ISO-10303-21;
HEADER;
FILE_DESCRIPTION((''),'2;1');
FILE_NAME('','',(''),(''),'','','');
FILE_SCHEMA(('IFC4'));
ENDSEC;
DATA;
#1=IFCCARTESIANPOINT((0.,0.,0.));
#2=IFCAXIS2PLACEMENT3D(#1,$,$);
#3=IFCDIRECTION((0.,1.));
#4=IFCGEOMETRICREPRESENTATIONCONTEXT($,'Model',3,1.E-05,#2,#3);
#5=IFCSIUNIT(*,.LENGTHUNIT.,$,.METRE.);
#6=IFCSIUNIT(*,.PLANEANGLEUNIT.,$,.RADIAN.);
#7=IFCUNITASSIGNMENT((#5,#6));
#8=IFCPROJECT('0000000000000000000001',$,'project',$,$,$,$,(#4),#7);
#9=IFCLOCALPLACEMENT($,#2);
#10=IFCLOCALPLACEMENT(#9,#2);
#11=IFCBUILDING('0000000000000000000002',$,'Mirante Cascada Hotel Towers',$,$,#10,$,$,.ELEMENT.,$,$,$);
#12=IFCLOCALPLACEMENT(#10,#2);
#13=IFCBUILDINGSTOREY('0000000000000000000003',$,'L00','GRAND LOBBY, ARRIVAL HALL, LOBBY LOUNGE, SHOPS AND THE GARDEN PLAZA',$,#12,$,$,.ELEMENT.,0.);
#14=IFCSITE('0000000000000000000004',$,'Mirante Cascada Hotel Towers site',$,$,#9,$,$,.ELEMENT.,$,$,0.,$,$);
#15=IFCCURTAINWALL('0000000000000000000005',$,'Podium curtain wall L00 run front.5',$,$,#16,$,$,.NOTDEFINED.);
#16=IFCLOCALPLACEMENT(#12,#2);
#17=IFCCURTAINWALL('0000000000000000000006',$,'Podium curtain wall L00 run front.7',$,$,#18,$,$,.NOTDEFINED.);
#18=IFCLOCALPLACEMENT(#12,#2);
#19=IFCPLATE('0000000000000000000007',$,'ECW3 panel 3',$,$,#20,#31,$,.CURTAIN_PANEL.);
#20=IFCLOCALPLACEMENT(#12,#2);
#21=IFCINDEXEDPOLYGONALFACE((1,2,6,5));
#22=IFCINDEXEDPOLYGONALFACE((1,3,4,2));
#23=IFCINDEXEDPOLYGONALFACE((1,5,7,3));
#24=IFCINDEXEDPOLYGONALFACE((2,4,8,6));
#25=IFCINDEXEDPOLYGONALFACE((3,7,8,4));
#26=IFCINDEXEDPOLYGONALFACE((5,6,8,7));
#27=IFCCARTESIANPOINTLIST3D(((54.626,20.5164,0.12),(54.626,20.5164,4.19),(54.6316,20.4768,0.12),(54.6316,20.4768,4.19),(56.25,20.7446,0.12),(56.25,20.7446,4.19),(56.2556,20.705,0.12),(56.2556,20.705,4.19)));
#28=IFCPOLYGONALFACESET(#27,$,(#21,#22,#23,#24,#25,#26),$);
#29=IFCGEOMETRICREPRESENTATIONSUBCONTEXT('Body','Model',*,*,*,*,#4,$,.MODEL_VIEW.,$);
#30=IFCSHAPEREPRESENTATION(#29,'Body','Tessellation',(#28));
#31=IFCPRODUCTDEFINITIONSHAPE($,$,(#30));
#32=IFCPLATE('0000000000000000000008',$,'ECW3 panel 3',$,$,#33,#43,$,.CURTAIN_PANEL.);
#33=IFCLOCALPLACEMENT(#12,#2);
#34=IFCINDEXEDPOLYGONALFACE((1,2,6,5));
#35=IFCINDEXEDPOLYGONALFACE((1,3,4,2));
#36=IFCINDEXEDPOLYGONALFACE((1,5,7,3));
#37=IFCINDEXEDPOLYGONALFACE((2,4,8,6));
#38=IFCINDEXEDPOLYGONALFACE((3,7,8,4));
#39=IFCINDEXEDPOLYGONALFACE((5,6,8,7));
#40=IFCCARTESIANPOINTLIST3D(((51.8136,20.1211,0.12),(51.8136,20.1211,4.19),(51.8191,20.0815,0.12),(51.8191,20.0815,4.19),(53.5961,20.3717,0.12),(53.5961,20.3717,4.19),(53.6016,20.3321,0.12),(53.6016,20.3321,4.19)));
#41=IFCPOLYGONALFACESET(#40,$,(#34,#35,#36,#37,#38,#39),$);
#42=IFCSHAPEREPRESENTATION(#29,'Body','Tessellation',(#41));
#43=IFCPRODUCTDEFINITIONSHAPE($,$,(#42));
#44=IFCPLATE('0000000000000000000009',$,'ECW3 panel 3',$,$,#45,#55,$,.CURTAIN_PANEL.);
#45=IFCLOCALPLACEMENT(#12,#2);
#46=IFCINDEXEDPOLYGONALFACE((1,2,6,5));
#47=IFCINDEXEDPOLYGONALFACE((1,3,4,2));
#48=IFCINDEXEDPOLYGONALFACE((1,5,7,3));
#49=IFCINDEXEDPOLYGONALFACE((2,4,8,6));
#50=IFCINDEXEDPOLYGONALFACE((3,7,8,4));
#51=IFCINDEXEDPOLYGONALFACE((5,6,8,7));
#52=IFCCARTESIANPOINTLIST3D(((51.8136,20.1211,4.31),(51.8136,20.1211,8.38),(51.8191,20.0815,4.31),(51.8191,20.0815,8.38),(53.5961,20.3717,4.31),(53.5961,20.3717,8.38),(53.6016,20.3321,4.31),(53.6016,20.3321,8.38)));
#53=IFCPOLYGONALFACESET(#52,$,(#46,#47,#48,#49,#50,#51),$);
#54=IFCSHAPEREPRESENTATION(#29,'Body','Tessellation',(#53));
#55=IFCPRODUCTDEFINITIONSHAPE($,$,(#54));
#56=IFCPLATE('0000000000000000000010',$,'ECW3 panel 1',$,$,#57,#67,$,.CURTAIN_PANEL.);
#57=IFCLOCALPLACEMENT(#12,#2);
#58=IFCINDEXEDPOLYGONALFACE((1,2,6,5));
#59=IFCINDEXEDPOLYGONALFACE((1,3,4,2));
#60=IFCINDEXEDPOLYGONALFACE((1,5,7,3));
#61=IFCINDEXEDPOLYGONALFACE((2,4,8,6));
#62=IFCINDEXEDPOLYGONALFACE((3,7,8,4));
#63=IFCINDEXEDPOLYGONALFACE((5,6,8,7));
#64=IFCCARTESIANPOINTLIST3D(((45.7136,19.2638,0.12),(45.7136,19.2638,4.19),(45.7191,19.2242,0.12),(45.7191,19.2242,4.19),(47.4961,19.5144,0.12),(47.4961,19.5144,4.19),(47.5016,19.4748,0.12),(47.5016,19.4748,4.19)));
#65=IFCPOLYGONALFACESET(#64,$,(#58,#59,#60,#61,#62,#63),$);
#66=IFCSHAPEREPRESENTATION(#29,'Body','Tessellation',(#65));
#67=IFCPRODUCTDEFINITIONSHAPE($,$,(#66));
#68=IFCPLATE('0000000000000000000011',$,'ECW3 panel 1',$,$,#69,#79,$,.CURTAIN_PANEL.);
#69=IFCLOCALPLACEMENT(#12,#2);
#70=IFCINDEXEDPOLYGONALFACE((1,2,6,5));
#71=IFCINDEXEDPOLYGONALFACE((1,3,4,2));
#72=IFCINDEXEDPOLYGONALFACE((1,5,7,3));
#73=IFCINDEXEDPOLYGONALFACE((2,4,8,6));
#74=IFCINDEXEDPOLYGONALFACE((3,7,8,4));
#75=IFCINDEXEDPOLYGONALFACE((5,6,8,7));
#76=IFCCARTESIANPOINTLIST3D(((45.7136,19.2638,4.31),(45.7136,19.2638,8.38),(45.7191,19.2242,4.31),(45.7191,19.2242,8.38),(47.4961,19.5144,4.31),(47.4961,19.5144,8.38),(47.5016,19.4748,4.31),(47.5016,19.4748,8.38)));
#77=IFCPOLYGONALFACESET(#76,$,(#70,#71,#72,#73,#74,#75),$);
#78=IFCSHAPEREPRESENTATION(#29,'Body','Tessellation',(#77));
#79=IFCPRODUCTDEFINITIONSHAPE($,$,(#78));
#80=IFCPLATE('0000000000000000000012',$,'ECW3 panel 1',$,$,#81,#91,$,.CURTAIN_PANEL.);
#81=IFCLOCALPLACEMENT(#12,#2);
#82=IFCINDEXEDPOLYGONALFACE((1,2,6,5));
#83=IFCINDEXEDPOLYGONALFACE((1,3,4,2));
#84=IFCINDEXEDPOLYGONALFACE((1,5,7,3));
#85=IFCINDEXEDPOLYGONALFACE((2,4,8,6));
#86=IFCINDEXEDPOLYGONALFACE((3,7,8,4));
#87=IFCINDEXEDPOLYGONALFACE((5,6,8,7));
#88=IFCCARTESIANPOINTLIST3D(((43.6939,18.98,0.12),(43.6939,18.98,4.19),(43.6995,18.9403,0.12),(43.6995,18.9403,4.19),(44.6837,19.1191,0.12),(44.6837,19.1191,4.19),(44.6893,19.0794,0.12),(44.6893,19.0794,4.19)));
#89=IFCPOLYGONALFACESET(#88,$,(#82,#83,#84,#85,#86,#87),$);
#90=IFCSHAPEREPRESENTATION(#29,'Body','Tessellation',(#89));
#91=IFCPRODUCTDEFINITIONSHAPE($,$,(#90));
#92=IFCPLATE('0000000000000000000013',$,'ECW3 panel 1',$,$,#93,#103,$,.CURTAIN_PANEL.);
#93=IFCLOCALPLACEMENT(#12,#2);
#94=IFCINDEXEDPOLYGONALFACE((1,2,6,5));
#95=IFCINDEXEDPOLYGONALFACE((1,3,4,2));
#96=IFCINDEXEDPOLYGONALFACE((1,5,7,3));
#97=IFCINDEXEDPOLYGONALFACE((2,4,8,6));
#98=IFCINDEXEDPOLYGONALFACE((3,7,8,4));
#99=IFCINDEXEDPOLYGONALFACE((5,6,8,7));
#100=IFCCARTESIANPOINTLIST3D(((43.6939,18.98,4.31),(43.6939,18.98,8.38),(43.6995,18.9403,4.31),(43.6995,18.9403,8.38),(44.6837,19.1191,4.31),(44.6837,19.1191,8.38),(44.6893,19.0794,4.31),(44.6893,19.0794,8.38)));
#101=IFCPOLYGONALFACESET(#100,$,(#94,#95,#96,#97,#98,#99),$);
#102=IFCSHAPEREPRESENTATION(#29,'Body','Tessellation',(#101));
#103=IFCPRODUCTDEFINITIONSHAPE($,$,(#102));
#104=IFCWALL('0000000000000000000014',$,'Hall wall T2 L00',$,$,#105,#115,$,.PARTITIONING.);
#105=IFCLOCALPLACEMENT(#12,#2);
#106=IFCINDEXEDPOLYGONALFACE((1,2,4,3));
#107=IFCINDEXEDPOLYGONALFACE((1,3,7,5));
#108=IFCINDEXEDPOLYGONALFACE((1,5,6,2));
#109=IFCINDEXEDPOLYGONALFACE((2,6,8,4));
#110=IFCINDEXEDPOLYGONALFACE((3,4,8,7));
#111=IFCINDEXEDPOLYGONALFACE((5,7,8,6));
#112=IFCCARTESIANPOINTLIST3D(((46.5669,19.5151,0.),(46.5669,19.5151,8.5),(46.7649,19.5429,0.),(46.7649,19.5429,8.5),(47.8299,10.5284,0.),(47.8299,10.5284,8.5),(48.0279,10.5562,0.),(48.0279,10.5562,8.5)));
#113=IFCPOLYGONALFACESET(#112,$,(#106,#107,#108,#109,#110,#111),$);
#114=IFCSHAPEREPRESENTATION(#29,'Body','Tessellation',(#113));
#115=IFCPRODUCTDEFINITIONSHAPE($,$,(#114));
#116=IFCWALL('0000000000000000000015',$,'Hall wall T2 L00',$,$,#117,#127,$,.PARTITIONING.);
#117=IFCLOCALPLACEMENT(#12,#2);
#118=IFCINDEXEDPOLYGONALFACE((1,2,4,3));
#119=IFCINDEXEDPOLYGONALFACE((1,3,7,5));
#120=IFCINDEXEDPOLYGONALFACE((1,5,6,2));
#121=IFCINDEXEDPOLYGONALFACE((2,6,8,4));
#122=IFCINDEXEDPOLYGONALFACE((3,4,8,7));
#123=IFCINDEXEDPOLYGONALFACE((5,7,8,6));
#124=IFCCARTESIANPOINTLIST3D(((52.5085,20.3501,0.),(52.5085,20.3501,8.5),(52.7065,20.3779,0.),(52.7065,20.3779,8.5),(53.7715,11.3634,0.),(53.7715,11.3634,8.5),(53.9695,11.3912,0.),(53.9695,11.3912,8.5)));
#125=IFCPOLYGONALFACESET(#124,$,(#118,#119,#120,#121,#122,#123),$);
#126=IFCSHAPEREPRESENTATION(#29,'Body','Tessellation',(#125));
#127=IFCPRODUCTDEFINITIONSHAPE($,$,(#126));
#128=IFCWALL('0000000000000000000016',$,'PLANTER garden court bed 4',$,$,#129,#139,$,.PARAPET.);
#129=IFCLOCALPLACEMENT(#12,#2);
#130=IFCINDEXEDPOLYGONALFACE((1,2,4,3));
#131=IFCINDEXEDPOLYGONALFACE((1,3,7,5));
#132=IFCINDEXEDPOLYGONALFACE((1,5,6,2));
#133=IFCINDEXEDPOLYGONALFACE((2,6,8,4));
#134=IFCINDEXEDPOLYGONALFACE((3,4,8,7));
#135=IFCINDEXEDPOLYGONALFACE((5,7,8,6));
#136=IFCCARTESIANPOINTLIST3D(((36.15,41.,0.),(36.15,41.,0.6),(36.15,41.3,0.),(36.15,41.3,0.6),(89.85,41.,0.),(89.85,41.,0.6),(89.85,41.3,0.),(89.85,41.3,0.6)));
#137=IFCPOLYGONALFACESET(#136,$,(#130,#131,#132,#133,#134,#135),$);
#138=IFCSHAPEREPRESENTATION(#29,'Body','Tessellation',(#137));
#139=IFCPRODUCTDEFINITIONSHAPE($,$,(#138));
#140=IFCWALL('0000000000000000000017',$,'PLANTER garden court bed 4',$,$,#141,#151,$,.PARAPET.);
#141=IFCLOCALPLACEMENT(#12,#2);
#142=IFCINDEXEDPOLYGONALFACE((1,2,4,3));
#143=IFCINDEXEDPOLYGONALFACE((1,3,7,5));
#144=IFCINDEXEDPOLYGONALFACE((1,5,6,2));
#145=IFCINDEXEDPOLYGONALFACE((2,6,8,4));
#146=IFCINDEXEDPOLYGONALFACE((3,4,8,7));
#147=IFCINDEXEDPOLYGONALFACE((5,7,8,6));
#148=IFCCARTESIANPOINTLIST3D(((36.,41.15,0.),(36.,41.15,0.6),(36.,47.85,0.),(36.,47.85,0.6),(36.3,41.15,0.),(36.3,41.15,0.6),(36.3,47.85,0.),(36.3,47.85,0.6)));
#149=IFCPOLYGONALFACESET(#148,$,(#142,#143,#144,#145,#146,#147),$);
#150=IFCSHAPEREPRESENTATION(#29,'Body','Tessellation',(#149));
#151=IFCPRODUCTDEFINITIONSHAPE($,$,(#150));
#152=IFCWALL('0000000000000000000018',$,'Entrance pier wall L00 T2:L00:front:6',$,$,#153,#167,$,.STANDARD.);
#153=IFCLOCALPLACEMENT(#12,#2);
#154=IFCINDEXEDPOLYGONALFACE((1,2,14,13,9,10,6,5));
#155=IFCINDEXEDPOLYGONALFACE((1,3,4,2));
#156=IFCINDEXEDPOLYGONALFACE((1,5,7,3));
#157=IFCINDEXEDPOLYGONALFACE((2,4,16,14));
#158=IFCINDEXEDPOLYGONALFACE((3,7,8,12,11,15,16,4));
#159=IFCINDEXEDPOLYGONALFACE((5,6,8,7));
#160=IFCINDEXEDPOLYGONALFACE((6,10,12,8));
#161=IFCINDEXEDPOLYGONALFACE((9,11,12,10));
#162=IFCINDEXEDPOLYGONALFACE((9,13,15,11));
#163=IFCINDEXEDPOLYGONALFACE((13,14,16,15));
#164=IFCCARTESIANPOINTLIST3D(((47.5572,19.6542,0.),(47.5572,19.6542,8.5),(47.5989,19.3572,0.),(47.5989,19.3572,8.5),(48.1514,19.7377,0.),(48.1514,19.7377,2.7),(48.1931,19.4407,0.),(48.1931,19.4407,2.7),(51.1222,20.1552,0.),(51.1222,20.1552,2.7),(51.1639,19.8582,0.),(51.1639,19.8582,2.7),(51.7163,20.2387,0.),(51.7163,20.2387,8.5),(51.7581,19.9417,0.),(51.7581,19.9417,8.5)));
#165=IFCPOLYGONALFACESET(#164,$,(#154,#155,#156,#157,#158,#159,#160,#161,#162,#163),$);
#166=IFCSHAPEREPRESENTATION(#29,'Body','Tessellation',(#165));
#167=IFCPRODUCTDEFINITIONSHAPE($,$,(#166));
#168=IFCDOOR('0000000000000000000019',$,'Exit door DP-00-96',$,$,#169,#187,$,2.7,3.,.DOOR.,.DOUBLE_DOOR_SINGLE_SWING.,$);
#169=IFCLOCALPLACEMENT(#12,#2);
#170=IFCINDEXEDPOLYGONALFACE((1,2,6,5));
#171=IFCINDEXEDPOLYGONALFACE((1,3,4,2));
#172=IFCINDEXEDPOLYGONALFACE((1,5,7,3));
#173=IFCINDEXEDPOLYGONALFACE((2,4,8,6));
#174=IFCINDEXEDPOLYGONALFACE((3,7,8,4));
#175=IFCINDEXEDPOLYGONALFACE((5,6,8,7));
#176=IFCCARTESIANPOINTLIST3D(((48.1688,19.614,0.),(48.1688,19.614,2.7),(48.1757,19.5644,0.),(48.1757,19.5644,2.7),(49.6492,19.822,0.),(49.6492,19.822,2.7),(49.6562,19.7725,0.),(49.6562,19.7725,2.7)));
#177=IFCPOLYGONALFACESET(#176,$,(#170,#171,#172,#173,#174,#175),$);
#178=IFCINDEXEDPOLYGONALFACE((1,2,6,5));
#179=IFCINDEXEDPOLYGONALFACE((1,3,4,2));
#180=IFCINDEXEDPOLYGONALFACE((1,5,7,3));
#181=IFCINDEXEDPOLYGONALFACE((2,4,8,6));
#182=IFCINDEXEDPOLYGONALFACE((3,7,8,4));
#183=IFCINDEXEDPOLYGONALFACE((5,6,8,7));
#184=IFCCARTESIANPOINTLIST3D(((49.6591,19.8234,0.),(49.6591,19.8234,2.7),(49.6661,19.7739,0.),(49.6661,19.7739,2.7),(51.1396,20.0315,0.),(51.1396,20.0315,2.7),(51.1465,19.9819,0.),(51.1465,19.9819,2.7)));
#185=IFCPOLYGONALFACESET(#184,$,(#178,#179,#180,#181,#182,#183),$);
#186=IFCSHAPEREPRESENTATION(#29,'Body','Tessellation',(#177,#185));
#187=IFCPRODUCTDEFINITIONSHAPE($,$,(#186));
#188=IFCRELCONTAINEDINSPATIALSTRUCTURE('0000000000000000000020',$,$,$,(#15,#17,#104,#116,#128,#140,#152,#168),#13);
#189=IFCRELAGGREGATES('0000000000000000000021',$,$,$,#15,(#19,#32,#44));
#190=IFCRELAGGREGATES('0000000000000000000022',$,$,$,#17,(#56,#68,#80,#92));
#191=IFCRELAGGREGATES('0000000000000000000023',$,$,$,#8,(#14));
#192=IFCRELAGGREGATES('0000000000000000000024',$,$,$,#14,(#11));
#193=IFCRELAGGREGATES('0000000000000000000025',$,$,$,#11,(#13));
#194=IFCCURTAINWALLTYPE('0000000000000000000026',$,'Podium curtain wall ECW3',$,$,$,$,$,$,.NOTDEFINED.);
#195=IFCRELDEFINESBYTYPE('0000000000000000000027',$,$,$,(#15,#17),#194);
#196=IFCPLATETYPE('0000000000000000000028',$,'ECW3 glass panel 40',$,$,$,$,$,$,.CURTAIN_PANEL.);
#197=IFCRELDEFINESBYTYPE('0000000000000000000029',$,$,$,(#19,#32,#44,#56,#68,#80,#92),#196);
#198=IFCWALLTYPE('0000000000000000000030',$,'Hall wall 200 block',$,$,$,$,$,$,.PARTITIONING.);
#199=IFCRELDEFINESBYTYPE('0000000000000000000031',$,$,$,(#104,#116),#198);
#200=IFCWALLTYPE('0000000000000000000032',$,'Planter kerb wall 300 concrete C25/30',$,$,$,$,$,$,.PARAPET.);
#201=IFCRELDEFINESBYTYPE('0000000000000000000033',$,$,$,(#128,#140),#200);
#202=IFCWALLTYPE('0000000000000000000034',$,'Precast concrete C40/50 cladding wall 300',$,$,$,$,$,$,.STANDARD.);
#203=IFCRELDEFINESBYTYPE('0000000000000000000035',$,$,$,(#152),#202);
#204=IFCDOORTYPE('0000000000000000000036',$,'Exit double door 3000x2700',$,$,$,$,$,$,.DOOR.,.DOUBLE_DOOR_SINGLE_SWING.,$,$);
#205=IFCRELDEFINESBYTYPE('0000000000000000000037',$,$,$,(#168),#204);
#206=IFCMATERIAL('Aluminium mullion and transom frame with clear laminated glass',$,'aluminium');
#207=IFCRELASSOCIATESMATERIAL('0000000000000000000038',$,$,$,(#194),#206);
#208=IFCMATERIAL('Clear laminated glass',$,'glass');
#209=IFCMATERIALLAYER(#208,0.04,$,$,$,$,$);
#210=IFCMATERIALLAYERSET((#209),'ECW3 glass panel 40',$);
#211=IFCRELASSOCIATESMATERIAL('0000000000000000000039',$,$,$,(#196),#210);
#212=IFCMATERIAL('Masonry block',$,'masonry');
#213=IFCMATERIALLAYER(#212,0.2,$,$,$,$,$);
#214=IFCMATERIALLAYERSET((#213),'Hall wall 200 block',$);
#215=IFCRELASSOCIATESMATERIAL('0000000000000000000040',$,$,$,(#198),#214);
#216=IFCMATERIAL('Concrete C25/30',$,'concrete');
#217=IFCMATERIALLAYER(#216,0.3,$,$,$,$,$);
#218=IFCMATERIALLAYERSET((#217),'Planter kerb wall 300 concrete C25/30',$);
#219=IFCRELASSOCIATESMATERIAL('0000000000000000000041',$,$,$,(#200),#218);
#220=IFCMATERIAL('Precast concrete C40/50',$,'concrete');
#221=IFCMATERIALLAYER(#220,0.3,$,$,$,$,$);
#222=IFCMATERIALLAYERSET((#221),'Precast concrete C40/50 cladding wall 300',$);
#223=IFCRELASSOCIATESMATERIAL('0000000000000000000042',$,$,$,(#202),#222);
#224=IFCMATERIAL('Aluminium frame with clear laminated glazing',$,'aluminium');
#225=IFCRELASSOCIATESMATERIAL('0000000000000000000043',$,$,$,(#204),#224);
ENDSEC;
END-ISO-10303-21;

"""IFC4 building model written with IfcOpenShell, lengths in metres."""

from ifc_helpers import new_model, si_unit, direction, frame, frame_2d, origin, origin_2d, place, context, subcontext, project, spatial, rectangle, extrude, material, layer, layer_set, type_object, element, fill, aggregate, save


model = new_model("IFC4")

# Units and contexts
model_context = context("Model", 3, precision=1e-05, world=origin(), true_north=direction((0.0, 1.0)))
body_context = subcontext(model_context, "Body", "Model", "MODEL_VIEW")
ifc_project = project(units=[si_unit("LENGTHUNIT", "METRE"), si_unit("PLANEANGLEUNIT", "RADIAN")], contexts=[model_context])

# Site, building, storey
site_placement = place(None, origin())
site = spatial("IfcSite", under=ifc_project, at=site_placement, Name="Mirante Cascada Hotel Towers site", CompositionType="ELEMENT", RefElevation=0.0)
building_placement = place(site_placement, origin())
building = spatial("IfcBuilding", under=site, at=building_placement, Name="Mirante Cascada Hotel Towers", CompositionType="ELEMENT")
storey_placement = place(building_placement, origin())
storey = spatial("IfcBuildingStorey", under=building, at=storey_placement, Name="L00", Description="GRAND LOBBY, ARRIVAL HALL, LOBBY LOUNGE, SHOPS AND THE GARDEN PLAZA", CompositionType="ELEMENT", Elevation=0.0)

# Curtain walls
ifc_material_1 = material(Name="Aluminium mullion and transom frame with clear laminated glass", Category="aluminium")
curtain_wall_type = type_object("IfcCurtainWallType", Name="Podium curtain wall ECW3", PredefinedType="NOTDEFINED", material=ifc_material_1)
curtain_wall_1_placement = place(storey_placement, origin())
curtain_wall_1 = element("IfcCurtainWall", 1, at=curtain_wall_1_placement, inside=storey, type_object=curtain_wall_type, Name="Podium curtain wall L00 run front.5", PredefinedType="NOTDEFINED")
curtain_wall_2_placement = place(storey_placement, origin())
curtain_wall_2 = element("IfcCurtainWall", 2, at=curtain_wall_2_placement, inside=storey, type_object=curtain_wall_type, Name="Podium curtain wall L00 run front.7", PredefinedType="NOTDEFINED")

# Plates
ifc_material_2 = material(Name="Clear laminated glass", Category="glass")
ifc_layer_1 = layer(ifc_material_2, 0.04)
ifc_layer_set_1 = layer_set([ifc_layer_1], Name="ECW3 glass panel 40")
plate_type = type_object("IfcPlateType", Name="ECW3 glass panel 40", PredefinedType="CURTAIN_PANEL", material=ifc_layer_set_1)
plate_1_placement = place(storey_placement, frame((55.4408, 20.6107, 0.12), z_axis=(0.0, 0.0, 1.0), x_axis=(-0.990268, -0.139173, 0.0)))
plate_1 = element("IfcPlate", 3, at=plate_1_placement, type_object=plate_type, Name="ECW3 panel 3", PredefinedType="CURTAIN_PANEL", context=body_context, shape_type="SweptSolid", body=[
    extrude(rectangle(XDim=1.64, YDim=0.04, at=origin_2d()), origin(), (0.0, 0.0, 1.0), 4.07),
])
plate_2_placement = place(storey_placement, frame((52.7076, 20.2266, 0.12), z_axis=(0.0, 0.0, 1.0), x_axis=(-0.990268, -0.139173, 0.0)))
plate_2 = element("IfcPlate", 4, at=plate_2_placement, type_object=plate_type, Name="ECW3 panel 3", PredefinedType="CURTAIN_PANEL", context=body_context, shape_type="SweptSolid", body=[
    extrude(rectangle(XDim=1.8, YDim=0.04, at=origin_2d()), origin(), (0.0, 0.0, 1.0), 4.07),
])
plate_3_placement = place(storey_placement, frame((52.7076, 20.2266, 4.31), z_axis=(0.0, 0.0, 1.0), x_axis=(-0.990268, -0.139173, 0.0)))
plate_3 = element("IfcPlate", 5, at=plate_3_placement, type_object=plate_type, Name="ECW3 panel 3", PredefinedType="CURTAIN_PANEL", context=body_context, shape_type="SweptSolid", body=[
    extrude(rectangle(XDim=1.8, YDim=0.04, at=origin_2d()), origin(), (0.0, 0.0, 1.0), 4.07),
])
aggregate(curtain_wall_1, [plate_1, plate_2, plate_3])
plate_4_placement = place(storey_placement, frame((46.6076, 19.3693, 0.12), z_axis=(0.0, 0.0, 1.0), x_axis=(-0.990268, -0.139173, 0.0)))
plate_4 = element("IfcPlate", 6, at=plate_4_placement, type_object=plate_type, Name="ECW3 panel 1", PredefinedType="CURTAIN_PANEL", context=body_context, shape_type="SweptSolid", body=[
    extrude(rectangle(XDim=1.8, YDim=0.04, at=origin_2d()), origin(), (0.0, 0.0, 1.0), 4.07),
])
plate_5_placement = place(storey_placement, frame((46.6076, 19.3693, 4.31), z_axis=(0.0, 0.0, 1.0), x_axis=(-0.990268, -0.139173, 0.0)))
plate_5 = element("IfcPlate", 7, at=plate_5_placement, type_object=plate_type, Name="ECW3 panel 1", PredefinedType="CURTAIN_PANEL", context=body_context, shape_type="SweptSolid", body=[
    extrude(rectangle(XDim=1.8, YDim=0.04, at=origin_2d()), origin(), (0.0, 0.0, 1.0), 4.07),
])
plate_6_placement = place(storey_placement, frame((44.1916, 19.0297, 0.12), z_axis=(0.0, 0.0, 1.0), x_axis=(-0.990268, -0.139173, 0.0)))
plate_6 = element("IfcPlate", 8, at=plate_6_placement, type_object=plate_type, Name="ECW3 panel 1", PredefinedType="CURTAIN_PANEL", context=body_context, shape_type="SweptSolid", body=[
    extrude(rectangle(XDim=0.9995, YDim=0.04, at=origin_2d()), origin(), (0.0, 0.0, 1.0), 4.07),
])
plate_7_placement = place(storey_placement, frame((44.1916, 19.0297, 4.31), z_axis=(0.0, 0.0, 1.0), x_axis=(-0.990268, -0.139173, 0.0)))
plate_7 = element("IfcPlate", 9, at=plate_7_placement, type_object=plate_type, Name="ECW3 panel 1", PredefinedType="CURTAIN_PANEL", context=body_context, shape_type="SweptSolid", body=[
    extrude(rectangle(XDim=0.9995, YDim=0.04, at=origin_2d()), origin(), (0.0, 0.0, 1.0), 4.07),
])
aggregate(curtain_wall_2, [plate_4, plate_5, plate_6, plate_7])

# Walls
ifc_material_3 = material(Name="Masonry block", Category="masonry")
ifc_layer_2 = layer(ifc_material_3, 0.2)
ifc_layer_set_2 = layer_set([ifc_layer_2], Name="Hall wall 200 block")
wall_type_1 = type_object("IfcWallType", Name="Hall wall 200 block", PredefinedType="PARTITIONING", material=ifc_layer_set_2)
for number, where, z_axis, x_axis, name in (
    (10, (46.6659, 19.529, 0.0), (0.0, 0.0, 1.0), (0.139173, -0.990268, 0.0), "Hall wall T2 L00"),
    (11, (52.6075, 20.364, 0.0), (0.0, 0.0, 1.0), (0.139173, -0.990268, 0.0), "Hall wall T2 L00"),
):
    element("IfcWall", number, at=place(storey_placement, frame(where, z_axis=z_axis, x_axis=x_axis)), inside=storey, type_object=wall_type_1, Name=name, PredefinedType="PARTITIONING", context=body_context, shape_type="SweptSolid", body=[
        extrude(rectangle(XDim=9.075, YDim=0.2, at=frame_2d((4.5375, 0.0))), origin(), (0.0, 0.0, 1.0), 8.5),
    ])
ifc_material_4 = material(Name="Concrete C25/30", Category="concrete")
ifc_layer_3 = layer(ifc_material_4, 0.3)
ifc_layer_set_3 = layer_set([ifc_layer_3], Name="Planter kerb wall 300 concrete C25/30")
wall_type_2 = type_object("IfcWallType", Name="Planter kerb wall 300 concrete C25/30", PredefinedType="PARAPET", material=ifc_layer_set_3)
wall_1_placement = place(storey_placement, frame((36.15, 41.15, 0.0), z_axis=(0.0, 0.0, 1.0), x_axis=(1.0, 0.0, 0.0)))
element("IfcWall", 12, at=wall_1_placement, inside=storey, type_object=wall_type_2, Name="PLANTER garden court bed 4", PredefinedType="PARAPET", context=body_context, shape_type="SweptSolid", body=[
    extrude(rectangle(XDim=53.7, YDim=0.3, at=frame_2d((26.85, 0.0))), origin(), (0.0, 0.0, 1.0), 0.6),
])
wall_2_placement = place(storey_placement, frame((36.15, 47.85, 0.0), z_axis=(0.0, 0.0, 1.0), x_axis=(0.0, -1.0, 0.0)))
element("IfcWall", 13, at=wall_2_placement, inside=storey, type_object=wall_type_2, Name="PLANTER garden court bed 4", PredefinedType="PARAPET", context=body_context, shape_type="SweptSolid", body=[
    extrude(rectangle(XDim=6.7, YDim=0.3, at=frame_2d((3.35, 0.0))), origin(), (0.0, 0.0, 1.0), 0.6),
])

# Wall, opening, door
ifc_material_5 = material(Name="Precast concrete C40/50", Category="concrete")
ifc_layer_4 = layer(ifc_material_5, 0.3)
ifc_layer_set_4 = layer_set([ifc_layer_4], Name="Precast concrete C40/50 cladding wall 300")
wall_type_3 = type_object("IfcWallType", Name="Precast concrete C40/50 cladding wall 300", PredefinedType="STANDARD", material=ifc_layer_set_4)
wall_3_placement = place(storey_placement, frame((51.7372, 20.0902, 0.0), z_axis=(0.0, 0.0, 1.0), x_axis=(-0.990269, -0.139168, 0.0)))
wall_3 = element("IfcWall", 14, at=wall_3_placement, inside=storey, type_object=wall_type_3, Name="Entrance pier wall L00 T2:L00:front:6", PredefinedType="STANDARD", context=body_context, shape_type="SweptSolid", body=[
    extrude(rectangle(XDim=4.2, YDim=0.3, at=frame_2d((2.1, 0.0))), origin(), (0.0, 0.0, 1.0), 8.5),
])
opening_placement = place(wall_3_placement, frame((0.6, 0.0, 0.0)))
opening = element("IfcOpeningElement", 15, at=opening_placement, cuts=wall_3, PredefinedType="OPENING", context=body_context, shape_type="SweptSolid", body=[
    extrude(rectangle(XDim=3.0, YDim=2.7, at=frame_2d((1.5, 1.35))), frame((0.0, 0.15, 0.0), z_axis=(0.0, -1.0, 0.0), x_axis=(1.0, 0.0, 0.0)), (0.0, 0.0, 1.0), 0.3),
])
ifc_material_6 = material(Name="Aluminium frame with clear laminated glazing", Category="aluminium")
door_type = type_object("IfcDoorType", Name="Exit double door 3000x2700", OperationType="DOUBLE_DOOR_SINGLE_SWING", PredefinedType="DOOR", material=ifc_material_6)
door_placement = place(opening_placement, frame((3.0, 0.0, 0.0), z_axis=(0.0, 0.0, 1.0), x_axis=(-1.0, 0.0, 0.0)))
door = element("IfcDoor", 16, at=door_placement, inside=storey, type_object=door_type, Name="Exit door DP-00-96", OperationType="DOUBLE_DOOR_SINGLE_SWING", OverallHeight=2.7, OverallWidth=3.0, PredefinedType="DOOR", context=body_context, shape_type="SweptSolid", body=[
    extrude(rectangle(XDim=1.495, YDim=2.7, at=frame_2d((0.7475, 1.35))), frame((0.0, 0.025, 0.0), z_axis=(0.0, -1.0, 0.0), x_axis=(1.0, 0.0, 0.0)), (0.0, 0.0, 1.0), 0.05),
    extrude(rectangle(XDim=1.495, YDim=2.7, at=frame_2d((2.2525, 1.35))), frame((0.0, 0.025, 0.0), z_axis=(0.0, -1.0, 0.0), x_axis=(1.0, 0.0, 0.0)), (0.0, 0.0, 1.0), 0.05),
])
fill(opening, door)

save(model, "model.ifc")
